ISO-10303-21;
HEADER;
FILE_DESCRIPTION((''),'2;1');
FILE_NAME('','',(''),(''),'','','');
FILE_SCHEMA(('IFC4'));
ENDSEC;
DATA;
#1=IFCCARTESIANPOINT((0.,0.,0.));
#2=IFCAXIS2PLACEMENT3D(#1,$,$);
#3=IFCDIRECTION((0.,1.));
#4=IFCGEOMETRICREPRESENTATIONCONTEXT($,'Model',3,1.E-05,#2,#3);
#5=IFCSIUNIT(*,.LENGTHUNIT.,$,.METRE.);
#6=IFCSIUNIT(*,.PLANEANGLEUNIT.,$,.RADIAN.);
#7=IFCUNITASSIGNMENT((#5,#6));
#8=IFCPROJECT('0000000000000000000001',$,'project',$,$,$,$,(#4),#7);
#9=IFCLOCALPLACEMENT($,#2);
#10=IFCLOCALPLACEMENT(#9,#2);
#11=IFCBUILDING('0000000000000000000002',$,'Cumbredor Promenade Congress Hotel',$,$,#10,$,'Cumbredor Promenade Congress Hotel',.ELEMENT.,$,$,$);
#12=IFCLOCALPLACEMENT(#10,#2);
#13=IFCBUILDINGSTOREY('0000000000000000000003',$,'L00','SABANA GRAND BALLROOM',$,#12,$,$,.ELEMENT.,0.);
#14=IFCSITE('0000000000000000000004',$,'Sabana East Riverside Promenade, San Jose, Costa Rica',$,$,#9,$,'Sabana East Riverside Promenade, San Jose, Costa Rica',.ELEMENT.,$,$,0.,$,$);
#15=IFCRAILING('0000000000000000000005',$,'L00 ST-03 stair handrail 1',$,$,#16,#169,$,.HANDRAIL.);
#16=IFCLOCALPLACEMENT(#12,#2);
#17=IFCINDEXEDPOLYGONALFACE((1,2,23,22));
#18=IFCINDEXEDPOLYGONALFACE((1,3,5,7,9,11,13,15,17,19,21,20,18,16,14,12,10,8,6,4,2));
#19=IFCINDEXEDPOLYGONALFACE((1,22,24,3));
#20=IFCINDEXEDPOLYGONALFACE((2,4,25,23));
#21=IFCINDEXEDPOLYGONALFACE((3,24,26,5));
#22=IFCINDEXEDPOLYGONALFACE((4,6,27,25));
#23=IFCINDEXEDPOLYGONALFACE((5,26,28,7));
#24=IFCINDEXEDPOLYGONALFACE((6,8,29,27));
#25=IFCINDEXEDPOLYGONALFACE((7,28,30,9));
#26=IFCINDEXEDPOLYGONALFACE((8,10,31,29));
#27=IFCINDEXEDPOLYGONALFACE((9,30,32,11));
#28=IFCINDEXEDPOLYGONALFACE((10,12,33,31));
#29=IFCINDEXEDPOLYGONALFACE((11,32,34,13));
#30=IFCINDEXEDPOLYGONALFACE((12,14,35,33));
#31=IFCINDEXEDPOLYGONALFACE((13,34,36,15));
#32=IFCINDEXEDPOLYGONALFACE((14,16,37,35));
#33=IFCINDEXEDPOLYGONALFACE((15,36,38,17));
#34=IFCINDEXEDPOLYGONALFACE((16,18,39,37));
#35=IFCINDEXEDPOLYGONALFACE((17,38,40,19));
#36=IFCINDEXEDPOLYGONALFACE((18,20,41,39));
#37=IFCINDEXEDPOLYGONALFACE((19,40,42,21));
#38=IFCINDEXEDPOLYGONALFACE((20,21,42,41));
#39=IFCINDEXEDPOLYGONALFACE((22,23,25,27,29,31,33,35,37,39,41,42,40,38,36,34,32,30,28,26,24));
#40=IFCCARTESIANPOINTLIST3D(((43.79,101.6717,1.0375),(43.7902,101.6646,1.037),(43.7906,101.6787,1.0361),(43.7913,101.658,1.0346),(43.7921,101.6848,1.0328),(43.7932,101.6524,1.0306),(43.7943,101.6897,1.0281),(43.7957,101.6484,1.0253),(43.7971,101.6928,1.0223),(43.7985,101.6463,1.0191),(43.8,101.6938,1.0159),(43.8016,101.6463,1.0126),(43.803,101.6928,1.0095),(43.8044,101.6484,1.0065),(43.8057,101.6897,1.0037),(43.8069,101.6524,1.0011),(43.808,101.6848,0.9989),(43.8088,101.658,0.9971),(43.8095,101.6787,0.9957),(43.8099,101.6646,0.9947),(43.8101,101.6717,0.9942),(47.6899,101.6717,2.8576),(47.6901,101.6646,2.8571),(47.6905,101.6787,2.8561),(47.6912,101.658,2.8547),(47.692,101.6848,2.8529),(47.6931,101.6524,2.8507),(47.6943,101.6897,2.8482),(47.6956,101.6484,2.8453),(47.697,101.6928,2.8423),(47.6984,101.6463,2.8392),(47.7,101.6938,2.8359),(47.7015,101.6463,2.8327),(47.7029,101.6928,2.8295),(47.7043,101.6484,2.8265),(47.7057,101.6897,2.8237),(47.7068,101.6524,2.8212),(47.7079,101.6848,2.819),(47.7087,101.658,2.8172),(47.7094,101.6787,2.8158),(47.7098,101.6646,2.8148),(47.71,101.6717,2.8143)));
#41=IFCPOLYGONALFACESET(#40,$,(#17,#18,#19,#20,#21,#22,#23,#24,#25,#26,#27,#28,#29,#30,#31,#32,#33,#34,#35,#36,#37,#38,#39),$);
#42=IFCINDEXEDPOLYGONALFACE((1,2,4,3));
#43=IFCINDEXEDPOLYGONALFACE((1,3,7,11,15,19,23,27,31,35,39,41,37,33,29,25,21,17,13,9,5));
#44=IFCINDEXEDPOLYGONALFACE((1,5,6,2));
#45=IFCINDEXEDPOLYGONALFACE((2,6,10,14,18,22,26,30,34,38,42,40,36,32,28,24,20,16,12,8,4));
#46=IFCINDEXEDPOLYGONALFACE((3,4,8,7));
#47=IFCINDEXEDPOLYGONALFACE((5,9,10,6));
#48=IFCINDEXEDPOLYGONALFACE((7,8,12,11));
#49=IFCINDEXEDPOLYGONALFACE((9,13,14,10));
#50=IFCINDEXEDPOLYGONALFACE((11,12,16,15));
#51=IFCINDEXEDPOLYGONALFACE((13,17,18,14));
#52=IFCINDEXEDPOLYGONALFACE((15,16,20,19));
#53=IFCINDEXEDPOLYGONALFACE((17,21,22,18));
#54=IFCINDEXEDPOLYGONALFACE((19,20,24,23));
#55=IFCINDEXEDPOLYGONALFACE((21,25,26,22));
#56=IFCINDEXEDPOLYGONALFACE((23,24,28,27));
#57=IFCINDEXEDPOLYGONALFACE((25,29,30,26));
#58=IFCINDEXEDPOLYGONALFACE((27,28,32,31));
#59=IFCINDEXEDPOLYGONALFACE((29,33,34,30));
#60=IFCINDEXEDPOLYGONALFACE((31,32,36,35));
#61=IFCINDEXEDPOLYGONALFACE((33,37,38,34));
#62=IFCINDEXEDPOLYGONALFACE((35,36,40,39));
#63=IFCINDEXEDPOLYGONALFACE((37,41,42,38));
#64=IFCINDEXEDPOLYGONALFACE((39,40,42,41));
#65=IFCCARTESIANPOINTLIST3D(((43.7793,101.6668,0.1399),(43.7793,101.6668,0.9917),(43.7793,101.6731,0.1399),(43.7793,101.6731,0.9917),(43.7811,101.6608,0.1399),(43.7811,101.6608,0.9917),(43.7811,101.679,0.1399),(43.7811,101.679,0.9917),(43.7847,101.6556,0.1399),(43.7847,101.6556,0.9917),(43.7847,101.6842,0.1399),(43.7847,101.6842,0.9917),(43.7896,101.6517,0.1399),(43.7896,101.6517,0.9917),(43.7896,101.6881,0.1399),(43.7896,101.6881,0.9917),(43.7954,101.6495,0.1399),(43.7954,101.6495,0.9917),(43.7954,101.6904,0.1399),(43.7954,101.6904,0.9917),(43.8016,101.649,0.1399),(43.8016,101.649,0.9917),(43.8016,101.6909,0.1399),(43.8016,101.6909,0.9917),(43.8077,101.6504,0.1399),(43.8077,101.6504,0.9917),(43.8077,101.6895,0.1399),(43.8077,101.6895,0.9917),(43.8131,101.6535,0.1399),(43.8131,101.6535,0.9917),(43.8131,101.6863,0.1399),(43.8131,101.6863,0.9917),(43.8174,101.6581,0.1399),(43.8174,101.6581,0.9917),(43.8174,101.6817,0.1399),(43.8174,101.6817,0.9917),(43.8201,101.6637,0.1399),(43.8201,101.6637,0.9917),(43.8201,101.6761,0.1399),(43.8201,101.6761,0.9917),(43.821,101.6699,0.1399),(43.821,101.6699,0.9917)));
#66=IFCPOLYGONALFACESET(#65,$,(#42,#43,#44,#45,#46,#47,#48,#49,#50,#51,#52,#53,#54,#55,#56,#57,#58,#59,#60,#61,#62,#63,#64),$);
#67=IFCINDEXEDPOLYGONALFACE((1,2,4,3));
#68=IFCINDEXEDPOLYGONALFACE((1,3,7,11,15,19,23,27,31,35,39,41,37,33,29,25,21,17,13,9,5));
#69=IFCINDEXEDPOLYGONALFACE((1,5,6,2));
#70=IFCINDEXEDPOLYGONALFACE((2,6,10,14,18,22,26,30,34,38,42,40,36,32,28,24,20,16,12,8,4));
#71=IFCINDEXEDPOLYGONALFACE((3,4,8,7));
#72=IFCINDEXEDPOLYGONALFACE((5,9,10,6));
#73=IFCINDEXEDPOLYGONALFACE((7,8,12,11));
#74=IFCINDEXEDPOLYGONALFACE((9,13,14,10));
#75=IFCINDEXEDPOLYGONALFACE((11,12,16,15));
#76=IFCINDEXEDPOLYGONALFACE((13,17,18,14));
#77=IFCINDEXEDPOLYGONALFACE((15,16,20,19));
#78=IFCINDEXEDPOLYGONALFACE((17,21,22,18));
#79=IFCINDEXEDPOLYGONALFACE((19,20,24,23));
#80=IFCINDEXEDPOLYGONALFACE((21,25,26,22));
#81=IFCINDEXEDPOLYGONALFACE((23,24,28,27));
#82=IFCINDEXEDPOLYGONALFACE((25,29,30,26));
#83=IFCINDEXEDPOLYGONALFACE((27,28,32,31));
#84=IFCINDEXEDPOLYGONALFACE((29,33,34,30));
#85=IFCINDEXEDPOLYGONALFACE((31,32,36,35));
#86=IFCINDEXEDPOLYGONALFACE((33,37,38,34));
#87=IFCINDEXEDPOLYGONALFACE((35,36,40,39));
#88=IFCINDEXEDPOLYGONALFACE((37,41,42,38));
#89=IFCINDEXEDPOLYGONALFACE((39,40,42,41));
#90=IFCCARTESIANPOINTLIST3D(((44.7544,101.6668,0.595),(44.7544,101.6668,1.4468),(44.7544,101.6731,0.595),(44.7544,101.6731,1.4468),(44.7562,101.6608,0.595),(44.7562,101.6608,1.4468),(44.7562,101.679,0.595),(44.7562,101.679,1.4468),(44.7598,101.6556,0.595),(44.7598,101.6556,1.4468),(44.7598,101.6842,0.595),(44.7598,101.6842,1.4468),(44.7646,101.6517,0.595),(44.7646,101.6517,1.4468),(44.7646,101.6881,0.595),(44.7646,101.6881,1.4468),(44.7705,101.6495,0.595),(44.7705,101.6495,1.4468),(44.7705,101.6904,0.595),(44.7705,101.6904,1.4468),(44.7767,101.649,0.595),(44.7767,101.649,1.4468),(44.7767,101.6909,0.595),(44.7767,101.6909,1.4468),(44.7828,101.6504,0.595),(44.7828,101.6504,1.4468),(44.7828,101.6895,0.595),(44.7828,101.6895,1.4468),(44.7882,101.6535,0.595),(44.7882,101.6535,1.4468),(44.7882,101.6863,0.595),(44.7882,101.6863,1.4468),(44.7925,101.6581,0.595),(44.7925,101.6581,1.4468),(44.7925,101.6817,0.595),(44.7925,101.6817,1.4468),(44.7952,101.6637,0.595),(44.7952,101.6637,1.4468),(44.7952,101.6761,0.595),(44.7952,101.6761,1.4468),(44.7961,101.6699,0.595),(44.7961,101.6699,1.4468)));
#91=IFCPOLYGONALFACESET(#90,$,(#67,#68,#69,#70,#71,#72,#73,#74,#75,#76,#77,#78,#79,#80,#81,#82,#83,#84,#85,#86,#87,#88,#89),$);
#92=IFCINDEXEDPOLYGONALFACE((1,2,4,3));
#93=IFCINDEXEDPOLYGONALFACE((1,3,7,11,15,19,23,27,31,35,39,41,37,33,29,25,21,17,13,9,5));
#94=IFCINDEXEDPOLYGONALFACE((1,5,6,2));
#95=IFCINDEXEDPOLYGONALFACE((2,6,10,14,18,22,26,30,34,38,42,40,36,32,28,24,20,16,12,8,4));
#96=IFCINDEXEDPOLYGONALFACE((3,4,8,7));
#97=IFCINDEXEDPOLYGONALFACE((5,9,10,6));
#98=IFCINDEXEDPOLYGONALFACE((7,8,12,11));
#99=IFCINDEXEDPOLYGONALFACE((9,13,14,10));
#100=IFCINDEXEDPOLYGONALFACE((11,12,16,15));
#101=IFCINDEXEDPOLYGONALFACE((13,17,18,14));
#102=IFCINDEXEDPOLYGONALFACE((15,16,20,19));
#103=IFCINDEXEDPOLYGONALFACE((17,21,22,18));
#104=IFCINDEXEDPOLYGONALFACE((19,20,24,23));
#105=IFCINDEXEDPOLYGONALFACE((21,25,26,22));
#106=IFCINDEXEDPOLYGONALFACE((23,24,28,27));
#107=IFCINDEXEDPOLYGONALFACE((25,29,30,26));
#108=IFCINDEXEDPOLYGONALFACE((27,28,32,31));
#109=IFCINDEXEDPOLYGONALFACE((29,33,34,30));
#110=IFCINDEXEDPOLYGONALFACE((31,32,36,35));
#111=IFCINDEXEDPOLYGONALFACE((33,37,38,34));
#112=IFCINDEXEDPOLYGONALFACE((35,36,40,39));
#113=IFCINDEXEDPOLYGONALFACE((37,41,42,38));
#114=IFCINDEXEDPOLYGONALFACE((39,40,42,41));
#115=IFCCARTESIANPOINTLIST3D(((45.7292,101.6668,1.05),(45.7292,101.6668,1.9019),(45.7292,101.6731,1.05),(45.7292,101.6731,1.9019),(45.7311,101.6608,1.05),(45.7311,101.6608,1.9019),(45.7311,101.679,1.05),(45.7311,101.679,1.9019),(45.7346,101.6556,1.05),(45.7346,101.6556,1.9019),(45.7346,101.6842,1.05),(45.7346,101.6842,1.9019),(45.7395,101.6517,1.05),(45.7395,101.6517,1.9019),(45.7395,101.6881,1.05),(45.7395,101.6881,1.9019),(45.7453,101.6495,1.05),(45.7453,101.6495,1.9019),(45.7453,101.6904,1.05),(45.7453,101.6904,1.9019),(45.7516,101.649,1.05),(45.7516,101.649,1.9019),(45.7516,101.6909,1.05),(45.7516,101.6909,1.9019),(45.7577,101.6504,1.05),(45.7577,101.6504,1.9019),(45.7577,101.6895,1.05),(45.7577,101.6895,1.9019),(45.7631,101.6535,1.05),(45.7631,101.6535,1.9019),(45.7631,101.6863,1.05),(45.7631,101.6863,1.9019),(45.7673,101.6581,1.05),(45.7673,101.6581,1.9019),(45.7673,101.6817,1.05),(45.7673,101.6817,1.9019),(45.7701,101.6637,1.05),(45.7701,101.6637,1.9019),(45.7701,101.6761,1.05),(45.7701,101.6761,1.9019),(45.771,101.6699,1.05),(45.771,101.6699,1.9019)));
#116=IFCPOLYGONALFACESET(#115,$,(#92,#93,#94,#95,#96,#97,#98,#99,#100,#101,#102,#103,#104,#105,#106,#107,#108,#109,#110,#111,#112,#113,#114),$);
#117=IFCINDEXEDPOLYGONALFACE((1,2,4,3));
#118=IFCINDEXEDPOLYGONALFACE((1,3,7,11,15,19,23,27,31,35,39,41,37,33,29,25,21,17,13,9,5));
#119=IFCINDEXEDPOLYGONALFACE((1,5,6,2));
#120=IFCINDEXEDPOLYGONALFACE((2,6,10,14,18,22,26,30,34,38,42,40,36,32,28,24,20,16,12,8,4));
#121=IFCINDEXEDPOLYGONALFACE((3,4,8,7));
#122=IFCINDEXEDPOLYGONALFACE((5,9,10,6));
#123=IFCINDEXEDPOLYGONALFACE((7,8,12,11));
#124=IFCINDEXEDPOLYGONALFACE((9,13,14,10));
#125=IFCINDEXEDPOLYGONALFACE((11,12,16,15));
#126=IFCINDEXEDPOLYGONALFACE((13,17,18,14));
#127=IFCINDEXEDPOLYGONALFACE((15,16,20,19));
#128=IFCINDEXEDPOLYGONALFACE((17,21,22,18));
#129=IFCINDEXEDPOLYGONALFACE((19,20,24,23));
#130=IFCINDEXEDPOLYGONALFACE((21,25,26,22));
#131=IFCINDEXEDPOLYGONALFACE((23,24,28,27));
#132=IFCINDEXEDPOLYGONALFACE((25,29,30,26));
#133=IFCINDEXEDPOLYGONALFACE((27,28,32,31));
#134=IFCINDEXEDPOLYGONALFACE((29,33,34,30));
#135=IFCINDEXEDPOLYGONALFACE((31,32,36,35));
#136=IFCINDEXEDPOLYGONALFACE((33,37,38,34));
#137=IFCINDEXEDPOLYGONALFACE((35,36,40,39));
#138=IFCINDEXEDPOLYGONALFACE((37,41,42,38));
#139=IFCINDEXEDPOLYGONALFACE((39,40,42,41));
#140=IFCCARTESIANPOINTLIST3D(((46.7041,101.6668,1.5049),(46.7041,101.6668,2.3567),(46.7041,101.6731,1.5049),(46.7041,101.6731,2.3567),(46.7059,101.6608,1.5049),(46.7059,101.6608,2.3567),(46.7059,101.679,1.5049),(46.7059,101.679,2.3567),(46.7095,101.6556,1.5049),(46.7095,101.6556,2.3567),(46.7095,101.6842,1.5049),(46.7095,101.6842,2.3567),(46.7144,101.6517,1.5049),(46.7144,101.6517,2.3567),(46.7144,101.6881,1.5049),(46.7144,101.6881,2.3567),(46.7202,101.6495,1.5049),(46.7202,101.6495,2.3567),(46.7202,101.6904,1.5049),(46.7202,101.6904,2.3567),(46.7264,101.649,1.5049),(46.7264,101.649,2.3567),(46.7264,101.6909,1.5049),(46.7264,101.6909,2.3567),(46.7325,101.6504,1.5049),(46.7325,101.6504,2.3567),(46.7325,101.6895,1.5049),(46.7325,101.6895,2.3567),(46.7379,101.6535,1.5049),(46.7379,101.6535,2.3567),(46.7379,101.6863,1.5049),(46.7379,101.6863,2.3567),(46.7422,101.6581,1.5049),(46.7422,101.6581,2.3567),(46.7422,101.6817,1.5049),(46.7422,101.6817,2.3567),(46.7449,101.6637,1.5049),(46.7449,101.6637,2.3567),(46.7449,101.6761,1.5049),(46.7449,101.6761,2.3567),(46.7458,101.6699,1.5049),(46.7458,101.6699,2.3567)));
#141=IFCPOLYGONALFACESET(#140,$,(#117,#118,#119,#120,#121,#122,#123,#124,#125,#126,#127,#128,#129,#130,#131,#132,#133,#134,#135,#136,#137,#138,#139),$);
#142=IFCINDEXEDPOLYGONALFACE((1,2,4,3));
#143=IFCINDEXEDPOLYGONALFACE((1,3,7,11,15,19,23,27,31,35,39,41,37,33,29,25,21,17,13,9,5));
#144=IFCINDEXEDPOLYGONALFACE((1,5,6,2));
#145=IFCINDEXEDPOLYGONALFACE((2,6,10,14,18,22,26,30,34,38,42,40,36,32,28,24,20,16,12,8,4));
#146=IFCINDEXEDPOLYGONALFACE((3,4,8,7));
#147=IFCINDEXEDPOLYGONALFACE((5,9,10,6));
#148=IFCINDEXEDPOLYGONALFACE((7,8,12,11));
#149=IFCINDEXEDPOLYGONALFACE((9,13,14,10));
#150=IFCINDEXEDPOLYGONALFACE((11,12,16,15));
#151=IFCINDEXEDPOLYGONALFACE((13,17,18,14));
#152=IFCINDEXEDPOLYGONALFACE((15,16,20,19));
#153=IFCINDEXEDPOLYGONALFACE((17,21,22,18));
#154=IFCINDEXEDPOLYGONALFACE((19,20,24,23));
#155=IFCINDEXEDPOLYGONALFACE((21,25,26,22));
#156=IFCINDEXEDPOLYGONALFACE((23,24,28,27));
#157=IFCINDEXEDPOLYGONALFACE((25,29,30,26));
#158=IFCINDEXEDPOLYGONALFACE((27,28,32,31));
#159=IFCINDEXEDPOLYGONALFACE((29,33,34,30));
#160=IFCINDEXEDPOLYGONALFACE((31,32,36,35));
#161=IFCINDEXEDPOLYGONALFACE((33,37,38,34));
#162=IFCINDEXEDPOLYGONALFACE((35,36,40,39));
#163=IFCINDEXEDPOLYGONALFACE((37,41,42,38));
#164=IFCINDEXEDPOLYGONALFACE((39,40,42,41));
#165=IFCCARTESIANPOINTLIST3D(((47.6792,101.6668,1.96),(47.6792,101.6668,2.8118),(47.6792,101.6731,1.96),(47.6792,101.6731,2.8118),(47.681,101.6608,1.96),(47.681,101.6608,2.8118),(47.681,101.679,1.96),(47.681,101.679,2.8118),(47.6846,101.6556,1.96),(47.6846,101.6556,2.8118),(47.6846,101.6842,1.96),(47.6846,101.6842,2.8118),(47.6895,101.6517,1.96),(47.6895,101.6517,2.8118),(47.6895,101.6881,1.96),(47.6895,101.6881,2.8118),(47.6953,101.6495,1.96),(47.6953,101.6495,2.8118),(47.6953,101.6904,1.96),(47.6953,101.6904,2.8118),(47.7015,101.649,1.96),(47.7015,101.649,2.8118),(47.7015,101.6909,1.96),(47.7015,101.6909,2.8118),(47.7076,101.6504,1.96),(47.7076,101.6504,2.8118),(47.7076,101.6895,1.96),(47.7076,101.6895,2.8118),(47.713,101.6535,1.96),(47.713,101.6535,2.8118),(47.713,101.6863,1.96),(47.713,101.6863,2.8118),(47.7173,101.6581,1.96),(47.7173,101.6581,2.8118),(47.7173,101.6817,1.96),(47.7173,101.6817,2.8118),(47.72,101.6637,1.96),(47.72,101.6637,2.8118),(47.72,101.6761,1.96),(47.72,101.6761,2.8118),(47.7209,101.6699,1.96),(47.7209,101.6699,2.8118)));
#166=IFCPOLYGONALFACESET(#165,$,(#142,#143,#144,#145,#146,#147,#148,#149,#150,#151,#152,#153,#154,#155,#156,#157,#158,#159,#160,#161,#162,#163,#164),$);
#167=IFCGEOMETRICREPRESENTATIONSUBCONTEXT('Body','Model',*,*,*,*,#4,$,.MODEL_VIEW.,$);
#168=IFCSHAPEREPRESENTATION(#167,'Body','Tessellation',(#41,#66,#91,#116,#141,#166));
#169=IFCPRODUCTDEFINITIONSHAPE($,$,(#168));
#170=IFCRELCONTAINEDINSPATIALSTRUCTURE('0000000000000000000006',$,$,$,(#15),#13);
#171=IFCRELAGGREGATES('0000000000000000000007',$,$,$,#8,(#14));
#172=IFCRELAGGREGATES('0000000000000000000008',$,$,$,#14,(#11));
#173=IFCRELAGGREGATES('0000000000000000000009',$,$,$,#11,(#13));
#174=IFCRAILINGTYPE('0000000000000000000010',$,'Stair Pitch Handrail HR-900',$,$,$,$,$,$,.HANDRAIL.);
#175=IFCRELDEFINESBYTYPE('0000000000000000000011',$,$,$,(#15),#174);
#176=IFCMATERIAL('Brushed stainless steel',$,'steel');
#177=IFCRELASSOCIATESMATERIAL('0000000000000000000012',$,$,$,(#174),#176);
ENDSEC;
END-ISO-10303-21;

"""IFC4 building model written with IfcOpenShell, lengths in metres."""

from ifc_helpers import new_model, si_unit, direction, frame, origin, origin_2d, place, context, subcontext, project, spatial, circle, extrude, material, type_object, element, save


model = new_model("IFC4")

# Units and contexts
model_context = context("Model", 3, precision=1e-05, world=origin(), true_north=direction((0.0, 1.0)))
body_context = subcontext(model_context, "Body", "Model", "MODEL_VIEW")
ifc_project = project(units=[si_unit("LENGTHUNIT", "METRE"), si_unit("PLANEANGLEUNIT", "RADIAN")], contexts=[model_context])

# Site, building, storey
site_placement = place(None, origin())
site = spatial("IfcSite", under=ifc_project, at=site_placement, Name="Sabana East Riverside Promenade, San Jose, Costa Rica", LongName="Sabana East Riverside Promenade, San Jose, Costa Rica", CompositionType="ELEMENT", RefElevation=0.0)
building_placement = place(site_placement, origin())
building = spatial("IfcBuilding", under=site, at=building_placement, Name="Cumbredor Promenade Congress Hotel", LongName="Cumbredor Promenade Congress Hotel", CompositionType="ELEMENT")
storey_placement = place(building_placement, origin())
storey = spatial("IfcBuildingStorey", under=building, at=storey_placement, Name="L00", Description="SABANA GRAND BALLROOM", CompositionType="ELEMENT", Elevation=0.0)

# Railing
ifc_material_1 = material(Name="Brushed stainless steel", Category="steel")
railing_type_1 = type_object("IfcRailingType", Name="Stair Pitch Handrail HR-900", PredefinedType="HANDRAIL", material=ifc_material_1)
railing_1_placement = place(storey_placement, frame((43.8, 101.6699, 0.1399)))
element("IfcRailing", 1, at=railing_1_placement, inside=storey, type_object=railing_type_1, Name="L00 ST-03 stair handrail 1", PredefinedType="HANDRAIL", context=body_context, shape_type="SweptSolid", body=[
    extrude(circle(Radius=0.0239, at=origin_2d()), frame((0.0, 0.0, 0.876), z_axis=(0.906173, 0.0, 0.422907), x_axis=(0.0, 1.0, 0.0)), (0.0, 0.0, 1.0), 4.3037),
    extrude(circle(Radius=0.021, at=origin_2d()), origin(), (0.0, 0.0, 1.0), 0.8518),
    extrude(circle(Radius=0.021, at=origin_2d()), frame((0.9751, 0.0, 0.4551)), (0.0, 0.0, 1.0), 0.8518),
    extrude(circle(Radius=0.021, at=origin_2d()), frame((1.95, 0.0, 0.9102)), (0.0, 0.0, 1.0), 0.8518),
    extrude(circle(Radius=0.021, at=origin_2d()), frame((2.9248, 0.0, 1.365)), (0.0, 0.0, 1.0), 0.8518),
    extrude(circle(Radius=0.021, at=origin_2d()), frame((3.8999, 0.0, 1.8201)), (0.0, 0.0, 1.0), 0.8518),
])

save(model, "model.ifc")
